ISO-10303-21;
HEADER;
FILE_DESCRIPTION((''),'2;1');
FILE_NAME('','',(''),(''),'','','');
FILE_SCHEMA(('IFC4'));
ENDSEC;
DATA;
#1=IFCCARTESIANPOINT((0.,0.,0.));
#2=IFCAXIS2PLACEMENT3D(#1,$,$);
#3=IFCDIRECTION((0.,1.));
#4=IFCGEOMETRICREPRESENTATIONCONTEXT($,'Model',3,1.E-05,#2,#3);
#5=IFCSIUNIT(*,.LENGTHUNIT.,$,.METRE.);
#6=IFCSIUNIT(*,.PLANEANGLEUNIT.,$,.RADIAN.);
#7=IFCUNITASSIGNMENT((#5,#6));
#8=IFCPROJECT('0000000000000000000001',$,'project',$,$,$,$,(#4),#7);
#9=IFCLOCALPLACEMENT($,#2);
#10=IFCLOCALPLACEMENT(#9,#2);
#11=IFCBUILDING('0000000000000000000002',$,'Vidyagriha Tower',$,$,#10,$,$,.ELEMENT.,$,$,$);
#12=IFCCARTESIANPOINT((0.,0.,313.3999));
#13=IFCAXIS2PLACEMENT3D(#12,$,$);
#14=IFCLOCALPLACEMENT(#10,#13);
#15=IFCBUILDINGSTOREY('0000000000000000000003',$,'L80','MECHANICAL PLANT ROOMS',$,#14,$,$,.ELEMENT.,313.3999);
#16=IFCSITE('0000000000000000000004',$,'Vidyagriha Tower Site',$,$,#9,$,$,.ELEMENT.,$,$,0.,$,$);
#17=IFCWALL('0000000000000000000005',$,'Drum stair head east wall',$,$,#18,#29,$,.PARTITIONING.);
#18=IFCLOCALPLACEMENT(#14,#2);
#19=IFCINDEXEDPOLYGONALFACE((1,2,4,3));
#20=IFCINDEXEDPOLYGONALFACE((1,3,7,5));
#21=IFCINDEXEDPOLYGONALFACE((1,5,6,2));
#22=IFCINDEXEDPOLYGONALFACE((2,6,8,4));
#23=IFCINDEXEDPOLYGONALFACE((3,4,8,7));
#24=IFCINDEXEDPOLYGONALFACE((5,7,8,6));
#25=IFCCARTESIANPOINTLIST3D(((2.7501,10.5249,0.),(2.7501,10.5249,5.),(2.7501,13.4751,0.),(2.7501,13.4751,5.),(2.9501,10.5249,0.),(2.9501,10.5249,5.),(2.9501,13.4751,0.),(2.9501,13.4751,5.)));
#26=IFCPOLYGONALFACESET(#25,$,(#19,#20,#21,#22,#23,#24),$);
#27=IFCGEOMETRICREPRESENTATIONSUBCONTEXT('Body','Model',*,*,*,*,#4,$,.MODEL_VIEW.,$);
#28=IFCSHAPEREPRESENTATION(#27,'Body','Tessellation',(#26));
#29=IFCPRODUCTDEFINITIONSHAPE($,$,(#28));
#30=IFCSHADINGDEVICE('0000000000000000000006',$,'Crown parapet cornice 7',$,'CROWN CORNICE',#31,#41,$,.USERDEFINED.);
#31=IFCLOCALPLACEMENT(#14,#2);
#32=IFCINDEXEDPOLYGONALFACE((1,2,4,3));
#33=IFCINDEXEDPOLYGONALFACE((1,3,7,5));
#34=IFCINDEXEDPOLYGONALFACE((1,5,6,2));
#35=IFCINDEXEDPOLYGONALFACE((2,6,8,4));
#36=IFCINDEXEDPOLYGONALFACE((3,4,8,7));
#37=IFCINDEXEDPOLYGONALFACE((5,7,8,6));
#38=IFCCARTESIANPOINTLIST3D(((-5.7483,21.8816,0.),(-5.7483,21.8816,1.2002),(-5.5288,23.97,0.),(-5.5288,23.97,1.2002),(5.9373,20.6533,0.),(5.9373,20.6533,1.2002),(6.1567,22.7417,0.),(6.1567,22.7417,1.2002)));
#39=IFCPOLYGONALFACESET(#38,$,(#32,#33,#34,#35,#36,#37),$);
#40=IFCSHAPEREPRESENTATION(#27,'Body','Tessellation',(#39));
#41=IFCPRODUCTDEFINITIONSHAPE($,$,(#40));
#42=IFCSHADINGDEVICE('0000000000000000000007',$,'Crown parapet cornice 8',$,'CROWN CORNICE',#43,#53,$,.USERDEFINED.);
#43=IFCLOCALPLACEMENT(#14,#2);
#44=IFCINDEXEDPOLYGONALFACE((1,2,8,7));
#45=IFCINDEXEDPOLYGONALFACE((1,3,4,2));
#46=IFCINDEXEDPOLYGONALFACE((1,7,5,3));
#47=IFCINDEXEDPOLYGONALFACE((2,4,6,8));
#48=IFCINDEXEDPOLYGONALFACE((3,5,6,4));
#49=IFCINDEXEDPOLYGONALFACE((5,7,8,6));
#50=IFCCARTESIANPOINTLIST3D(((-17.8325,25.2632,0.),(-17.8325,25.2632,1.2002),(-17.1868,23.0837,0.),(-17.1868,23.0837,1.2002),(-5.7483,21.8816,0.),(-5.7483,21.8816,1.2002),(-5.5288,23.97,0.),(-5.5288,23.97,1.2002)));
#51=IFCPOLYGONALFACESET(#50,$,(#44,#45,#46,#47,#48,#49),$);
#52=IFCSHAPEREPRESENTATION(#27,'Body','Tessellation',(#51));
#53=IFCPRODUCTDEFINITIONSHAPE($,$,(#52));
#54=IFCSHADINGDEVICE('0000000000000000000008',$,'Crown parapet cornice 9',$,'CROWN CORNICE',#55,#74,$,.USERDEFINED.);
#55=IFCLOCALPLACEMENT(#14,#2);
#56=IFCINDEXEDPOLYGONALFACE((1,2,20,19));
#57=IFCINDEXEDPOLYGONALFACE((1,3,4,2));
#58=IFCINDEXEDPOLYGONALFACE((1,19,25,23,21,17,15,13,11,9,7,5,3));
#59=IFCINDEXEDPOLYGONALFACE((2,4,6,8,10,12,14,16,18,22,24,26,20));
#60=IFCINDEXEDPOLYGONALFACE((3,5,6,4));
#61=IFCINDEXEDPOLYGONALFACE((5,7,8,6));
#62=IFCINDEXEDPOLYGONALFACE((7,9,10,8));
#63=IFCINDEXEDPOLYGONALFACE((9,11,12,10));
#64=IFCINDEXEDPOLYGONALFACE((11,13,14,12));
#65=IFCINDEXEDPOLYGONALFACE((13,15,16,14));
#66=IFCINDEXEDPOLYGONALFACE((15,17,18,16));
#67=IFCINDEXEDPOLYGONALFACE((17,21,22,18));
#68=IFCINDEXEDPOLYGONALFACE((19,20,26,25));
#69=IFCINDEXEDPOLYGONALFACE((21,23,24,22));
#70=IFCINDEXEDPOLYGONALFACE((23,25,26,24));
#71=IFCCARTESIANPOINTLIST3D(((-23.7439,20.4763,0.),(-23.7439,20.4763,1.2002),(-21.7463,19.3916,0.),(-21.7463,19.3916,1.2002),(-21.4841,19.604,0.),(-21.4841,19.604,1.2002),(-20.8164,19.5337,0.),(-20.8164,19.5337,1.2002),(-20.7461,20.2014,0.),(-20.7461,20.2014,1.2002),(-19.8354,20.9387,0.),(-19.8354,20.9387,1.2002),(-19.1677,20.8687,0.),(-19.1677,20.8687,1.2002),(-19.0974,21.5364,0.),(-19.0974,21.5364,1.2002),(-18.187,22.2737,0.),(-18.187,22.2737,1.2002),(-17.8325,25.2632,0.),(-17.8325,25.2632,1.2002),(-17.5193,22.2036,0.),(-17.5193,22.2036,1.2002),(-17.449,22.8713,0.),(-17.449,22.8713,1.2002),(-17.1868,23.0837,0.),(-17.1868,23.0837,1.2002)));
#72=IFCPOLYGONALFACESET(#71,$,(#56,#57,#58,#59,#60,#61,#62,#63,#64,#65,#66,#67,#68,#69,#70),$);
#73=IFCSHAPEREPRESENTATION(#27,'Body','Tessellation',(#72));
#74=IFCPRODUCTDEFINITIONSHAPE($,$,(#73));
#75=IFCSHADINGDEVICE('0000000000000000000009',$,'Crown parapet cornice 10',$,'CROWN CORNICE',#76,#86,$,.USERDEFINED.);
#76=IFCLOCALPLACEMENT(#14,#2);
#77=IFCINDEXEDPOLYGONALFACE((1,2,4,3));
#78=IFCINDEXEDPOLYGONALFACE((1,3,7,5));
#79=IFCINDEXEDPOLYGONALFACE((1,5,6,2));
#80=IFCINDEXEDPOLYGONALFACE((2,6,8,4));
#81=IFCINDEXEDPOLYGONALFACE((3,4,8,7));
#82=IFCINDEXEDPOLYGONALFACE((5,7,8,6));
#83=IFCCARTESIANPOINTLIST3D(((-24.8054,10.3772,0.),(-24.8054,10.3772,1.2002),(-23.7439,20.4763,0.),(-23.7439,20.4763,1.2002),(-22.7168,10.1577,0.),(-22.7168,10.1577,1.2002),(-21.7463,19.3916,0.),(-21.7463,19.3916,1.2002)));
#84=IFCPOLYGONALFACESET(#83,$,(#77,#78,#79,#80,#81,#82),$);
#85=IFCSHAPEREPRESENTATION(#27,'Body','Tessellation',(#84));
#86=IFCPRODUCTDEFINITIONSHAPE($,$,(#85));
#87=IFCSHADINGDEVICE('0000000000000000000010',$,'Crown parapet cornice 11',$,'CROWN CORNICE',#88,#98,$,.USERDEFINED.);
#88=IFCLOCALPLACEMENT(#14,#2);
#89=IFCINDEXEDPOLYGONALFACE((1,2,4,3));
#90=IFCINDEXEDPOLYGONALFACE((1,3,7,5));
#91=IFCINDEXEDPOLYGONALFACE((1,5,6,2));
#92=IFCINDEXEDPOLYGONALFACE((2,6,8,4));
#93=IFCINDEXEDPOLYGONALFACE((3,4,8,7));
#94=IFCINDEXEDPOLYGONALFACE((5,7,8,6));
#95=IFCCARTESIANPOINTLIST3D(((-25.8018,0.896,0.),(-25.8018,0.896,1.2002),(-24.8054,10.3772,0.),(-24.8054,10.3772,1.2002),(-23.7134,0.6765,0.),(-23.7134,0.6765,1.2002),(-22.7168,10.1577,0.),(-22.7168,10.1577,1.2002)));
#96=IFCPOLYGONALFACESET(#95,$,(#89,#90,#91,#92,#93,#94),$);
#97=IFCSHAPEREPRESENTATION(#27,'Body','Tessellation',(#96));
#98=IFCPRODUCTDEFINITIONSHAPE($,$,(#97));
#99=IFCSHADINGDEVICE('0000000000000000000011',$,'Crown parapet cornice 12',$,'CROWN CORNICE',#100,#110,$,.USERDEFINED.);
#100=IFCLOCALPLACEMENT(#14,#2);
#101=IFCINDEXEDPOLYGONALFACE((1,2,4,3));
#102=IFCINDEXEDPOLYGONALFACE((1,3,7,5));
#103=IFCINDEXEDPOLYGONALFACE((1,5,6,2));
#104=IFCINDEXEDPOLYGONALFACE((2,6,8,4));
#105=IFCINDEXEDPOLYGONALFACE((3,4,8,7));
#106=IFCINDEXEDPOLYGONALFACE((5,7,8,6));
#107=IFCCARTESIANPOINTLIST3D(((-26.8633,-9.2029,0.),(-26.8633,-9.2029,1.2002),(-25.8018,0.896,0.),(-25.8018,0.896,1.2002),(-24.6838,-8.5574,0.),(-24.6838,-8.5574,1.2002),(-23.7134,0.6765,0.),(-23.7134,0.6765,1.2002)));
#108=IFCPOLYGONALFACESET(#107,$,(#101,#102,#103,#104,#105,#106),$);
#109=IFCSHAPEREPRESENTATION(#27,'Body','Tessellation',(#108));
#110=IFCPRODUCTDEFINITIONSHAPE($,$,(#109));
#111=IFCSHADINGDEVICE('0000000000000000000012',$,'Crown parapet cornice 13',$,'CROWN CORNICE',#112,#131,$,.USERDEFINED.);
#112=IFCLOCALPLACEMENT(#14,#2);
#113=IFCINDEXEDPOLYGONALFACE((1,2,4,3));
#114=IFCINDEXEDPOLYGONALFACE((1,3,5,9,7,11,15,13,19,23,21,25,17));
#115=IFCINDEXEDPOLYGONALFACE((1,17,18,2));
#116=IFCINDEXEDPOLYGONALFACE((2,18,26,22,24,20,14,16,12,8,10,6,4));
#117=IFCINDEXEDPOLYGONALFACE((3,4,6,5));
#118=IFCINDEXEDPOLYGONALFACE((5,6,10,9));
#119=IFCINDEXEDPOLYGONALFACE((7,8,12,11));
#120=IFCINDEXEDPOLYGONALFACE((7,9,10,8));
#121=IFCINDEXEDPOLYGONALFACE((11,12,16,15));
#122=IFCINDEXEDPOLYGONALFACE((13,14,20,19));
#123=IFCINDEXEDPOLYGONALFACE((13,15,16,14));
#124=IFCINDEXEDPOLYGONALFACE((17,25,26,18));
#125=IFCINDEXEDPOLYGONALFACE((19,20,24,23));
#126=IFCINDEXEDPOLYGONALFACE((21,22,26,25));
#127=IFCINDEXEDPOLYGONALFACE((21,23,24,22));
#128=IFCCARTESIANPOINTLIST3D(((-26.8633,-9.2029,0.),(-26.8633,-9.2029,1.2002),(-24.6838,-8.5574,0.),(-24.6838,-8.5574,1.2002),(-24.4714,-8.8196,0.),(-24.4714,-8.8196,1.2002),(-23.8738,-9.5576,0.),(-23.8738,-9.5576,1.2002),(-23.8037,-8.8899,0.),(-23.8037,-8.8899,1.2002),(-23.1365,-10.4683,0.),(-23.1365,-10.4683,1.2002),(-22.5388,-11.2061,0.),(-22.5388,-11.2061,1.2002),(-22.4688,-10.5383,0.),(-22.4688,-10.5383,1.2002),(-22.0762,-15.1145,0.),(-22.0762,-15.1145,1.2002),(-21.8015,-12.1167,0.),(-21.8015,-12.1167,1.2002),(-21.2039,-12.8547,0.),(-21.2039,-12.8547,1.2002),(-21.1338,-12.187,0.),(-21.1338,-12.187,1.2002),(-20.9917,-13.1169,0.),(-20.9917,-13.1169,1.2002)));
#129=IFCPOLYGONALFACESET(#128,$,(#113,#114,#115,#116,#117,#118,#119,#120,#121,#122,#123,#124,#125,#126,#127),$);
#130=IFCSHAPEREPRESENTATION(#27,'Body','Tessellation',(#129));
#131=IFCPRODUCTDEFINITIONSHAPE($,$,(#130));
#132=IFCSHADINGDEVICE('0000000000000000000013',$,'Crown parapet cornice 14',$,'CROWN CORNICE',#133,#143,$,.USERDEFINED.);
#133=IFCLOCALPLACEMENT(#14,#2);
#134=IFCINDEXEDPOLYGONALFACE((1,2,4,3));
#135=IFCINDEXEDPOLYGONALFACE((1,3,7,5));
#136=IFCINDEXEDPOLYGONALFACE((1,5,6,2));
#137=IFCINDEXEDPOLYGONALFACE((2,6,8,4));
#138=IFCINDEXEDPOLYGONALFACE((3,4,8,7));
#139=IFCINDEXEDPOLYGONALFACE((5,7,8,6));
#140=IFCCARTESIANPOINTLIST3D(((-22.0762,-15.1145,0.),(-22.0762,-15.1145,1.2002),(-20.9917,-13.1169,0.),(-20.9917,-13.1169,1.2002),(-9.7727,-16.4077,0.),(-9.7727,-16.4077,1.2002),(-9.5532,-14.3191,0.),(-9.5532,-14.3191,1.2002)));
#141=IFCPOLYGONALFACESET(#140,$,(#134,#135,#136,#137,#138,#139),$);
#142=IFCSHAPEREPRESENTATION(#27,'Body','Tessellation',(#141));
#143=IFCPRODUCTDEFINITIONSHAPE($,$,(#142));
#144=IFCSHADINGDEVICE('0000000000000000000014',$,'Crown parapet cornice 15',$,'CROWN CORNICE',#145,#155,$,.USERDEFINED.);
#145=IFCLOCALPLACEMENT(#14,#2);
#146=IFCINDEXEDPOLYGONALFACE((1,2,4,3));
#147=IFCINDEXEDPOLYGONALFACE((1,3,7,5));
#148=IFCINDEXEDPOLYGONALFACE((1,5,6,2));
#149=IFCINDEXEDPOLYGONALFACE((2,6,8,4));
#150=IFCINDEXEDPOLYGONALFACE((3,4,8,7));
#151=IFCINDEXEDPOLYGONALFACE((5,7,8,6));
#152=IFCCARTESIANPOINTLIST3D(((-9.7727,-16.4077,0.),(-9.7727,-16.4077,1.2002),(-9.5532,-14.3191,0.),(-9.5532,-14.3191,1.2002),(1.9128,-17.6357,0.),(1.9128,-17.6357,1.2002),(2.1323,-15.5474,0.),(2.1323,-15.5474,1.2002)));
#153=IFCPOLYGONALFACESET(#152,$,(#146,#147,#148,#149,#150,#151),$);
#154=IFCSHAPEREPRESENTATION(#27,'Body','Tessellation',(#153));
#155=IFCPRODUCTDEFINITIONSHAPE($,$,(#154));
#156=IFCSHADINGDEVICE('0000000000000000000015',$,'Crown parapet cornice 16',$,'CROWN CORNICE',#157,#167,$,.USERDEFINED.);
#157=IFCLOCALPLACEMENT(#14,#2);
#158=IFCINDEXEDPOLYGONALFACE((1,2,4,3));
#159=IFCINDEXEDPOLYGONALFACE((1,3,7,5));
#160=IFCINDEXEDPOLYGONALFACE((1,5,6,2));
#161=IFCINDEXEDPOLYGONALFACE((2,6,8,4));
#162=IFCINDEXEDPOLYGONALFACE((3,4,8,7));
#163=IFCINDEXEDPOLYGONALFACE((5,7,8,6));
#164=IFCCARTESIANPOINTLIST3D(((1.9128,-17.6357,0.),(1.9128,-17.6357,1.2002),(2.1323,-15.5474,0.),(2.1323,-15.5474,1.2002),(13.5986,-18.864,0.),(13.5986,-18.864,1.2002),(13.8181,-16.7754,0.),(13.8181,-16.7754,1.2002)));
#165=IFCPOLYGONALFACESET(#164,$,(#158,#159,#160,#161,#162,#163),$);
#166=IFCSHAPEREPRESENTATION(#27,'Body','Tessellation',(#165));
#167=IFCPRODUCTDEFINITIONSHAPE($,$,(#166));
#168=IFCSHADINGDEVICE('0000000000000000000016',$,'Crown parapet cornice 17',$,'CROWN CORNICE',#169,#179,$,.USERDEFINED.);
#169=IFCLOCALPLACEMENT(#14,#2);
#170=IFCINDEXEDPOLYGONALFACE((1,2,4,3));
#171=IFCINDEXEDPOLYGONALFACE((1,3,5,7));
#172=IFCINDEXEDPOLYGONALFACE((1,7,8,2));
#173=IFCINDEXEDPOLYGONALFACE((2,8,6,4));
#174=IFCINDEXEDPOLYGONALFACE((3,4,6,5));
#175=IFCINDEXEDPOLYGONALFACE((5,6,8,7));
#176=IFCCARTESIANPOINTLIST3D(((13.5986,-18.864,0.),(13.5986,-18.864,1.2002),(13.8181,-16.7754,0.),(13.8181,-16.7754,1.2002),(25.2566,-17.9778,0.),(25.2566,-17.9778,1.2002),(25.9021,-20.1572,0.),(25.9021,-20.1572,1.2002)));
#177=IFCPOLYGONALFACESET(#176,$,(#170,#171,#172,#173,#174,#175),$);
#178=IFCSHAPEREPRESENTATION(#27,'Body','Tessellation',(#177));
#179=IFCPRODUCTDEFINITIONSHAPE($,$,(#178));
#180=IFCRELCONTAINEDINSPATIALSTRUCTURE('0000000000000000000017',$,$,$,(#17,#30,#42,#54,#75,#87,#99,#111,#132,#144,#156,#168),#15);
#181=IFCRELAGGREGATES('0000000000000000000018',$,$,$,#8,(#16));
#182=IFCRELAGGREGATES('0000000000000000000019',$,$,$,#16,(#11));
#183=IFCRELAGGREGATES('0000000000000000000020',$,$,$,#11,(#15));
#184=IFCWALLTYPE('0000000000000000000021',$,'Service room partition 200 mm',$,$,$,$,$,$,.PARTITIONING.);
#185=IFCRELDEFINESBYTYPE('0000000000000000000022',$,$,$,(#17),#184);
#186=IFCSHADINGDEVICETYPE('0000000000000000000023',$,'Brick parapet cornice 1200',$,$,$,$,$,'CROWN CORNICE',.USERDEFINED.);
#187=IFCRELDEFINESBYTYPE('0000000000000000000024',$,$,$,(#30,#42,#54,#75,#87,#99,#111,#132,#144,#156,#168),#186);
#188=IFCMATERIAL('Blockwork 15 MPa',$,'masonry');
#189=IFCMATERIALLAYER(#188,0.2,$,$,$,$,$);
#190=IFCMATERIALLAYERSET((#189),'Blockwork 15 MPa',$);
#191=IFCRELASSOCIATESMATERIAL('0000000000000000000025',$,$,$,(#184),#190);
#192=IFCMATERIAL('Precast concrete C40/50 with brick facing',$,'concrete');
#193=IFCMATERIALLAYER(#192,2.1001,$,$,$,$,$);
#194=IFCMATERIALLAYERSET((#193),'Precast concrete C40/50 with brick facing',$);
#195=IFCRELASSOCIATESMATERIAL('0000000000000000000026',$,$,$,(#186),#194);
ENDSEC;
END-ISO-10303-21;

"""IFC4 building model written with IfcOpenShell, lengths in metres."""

from ifc_helpers import new_model, si_unit, direction, frame, frame_2d, origin, place, context, subcontext, project, spatial, polyline, rectangle, outline, extrude, material, layer, layer_set, type_object, element, save


model = new_model("IFC4")

# Units and contexts
model_context = context("Model", 3, precision=1e-05, world=origin(), true_north=direction((0.0, 1.0)))
body_context = subcontext(model_context, "Body", "Model", "MODEL_VIEW")
ifc_project = project(units=[si_unit("LENGTHUNIT", "METRE"), si_unit("PLANEANGLEUNIT", "RADIAN")], contexts=[model_context])

# Site, building, storey
site_placement = place(None, origin())
site = spatial("IfcSite", under=ifc_project, at=site_placement, Name="Vidyagriha Tower Site", CompositionType="ELEMENT", RefElevation=0.0)
building_placement = place(site_placement, origin())
building = spatial("IfcBuilding", under=site, at=building_placement, Name="Vidyagriha Tower", CompositionType="ELEMENT")
storey_placement = place(building_placement, frame((0.0, 0.0, 313.3999)))
storey = spatial("IfcBuildingStorey", under=building, at=storey_placement, Name="L80", Description="MECHANICAL PLANT ROOMS", CompositionType="ELEMENT", Elevation=313.3999)

# Shared definitions
ifc_material_1 = material(Name="Blockwork 15 MPa", Category="masonry")
ifc_layer_1 = layer(ifc_material_1, 0.2)
ifc_layer_set_1 = layer_set([ifc_layer_1], Name="Blockwork 15 MPa")
wall_type_1 = type_object("IfcWallType", Name="Service room partition 200 mm", PredefinedType="PARTITIONING", material=ifc_layer_set_1)

# Wall
wall_1_placement = place(storey_placement, frame((2.8501, 10.5249, 0.0), z_axis=(0.0, 0.0, 1.0), x_axis=(0.0, 1.0, 0.0)))
element("IfcWall", 1, at=wall_1_placement, inside=storey, type_object=wall_type_1, Name="Drum stair head east wall", PredefinedType="PARTITIONING", context=body_context, shape_type="SweptSolid", body=[
    extrude(rectangle(XDim=2.9502, YDim=0.2, at=frame_2d((1.4751, 0.0))), origin(), (0.0, 0.0, 1.0), 5.0),
])

# Shading devices
ifc_material_2 = material(Name="Precast concrete C40/50 with brick facing", Category="concrete")
ifc_layer_2 = layer(ifc_material_2, 2.1001)
ifc_layer_set_2 = layer_set([ifc_layer_2], Name="Precast concrete C40/50 with brick facing")
shading_device_type = type_object("IfcShadingDeviceType", Name="Brick parapet cornice 1200", ElementType="CROWN CORNICE", PredefinedType="USERDEFINED", material=ifc_layer_set_2)
shading_device_1_placement = place(storey_placement, origin())
element("IfcShadingDevice", 2, at=shading_device_1_placement, inside=storey, type_object=shading_device_type, Name="Crown parapet cornice 7", ObjectType="CROWN CORNICE", PredefinedType="USERDEFINED", context=body_context, shape_type="SweptSolid", body=[
    extrude(outline(polyline([(6.1567, 22.7417), (-5.5288, 23.97), (-5.7483, 21.8816), (5.9373, 20.6533), (6.1567, 22.7417)])), origin(), (0.0, 0.0, 1.0), 1.2002),
])
shading_device_2_placement = place(storey_placement, origin())
element("IfcShadingDevice", 3, at=shading_device_2_placement, inside=storey, type_object=shading_device_type, Name="Crown parapet cornice 8", ObjectType="CROWN CORNICE", PredefinedType="USERDEFINED", context=body_context, shape_type="SweptSolid", body=[
    extrude(outline(polyline([(-5.5288, 23.97), (-17.8325, 25.2632), (-17.1868, 23.0837), (-17.1868, 23.0837), (-5.7483, 21.8816), (-5.5288, 23.97)])), origin(), (0.0, 0.0, 1.0), 1.2002),
])
shading_device_3_placement = place(storey_placement, origin())
element("IfcShadingDevice", 4, at=shading_device_3_placement, inside=storey, type_object=shading_device_type, Name="Crown parapet cornice 9", ObjectType="CROWN CORNICE", PredefinedType="USERDEFINED", context=body_context, shape_type="SweptSolid", body=[
    extrude(outline(polyline([(-23.7439, 20.4763), (-23.7439, 20.4763), (-21.7463, 19.3916), (-21.4841, 19.604), (-20.8164, 19.5337), (-20.7461, 20.2014), (-19.8354, 20.9387), (-19.1677, 20.8687), (-19.0974, 21.5364), (-18.187, 22.2737), (-17.5193, 22.2036), (-17.449, 22.8713), (-17.1868, 23.0837), (-17.8325, 25.2632), (-17.8325, 25.2632), (-23.7439, 20.4763)])), origin(), (0.0, 0.0, 1.0), 1.2002),
])
shading_device_4_placement = place(storey_placement, origin())
element("IfcShadingDevice", 5, at=shading_device_4_placement, inside=storey, type_object=shading_device_type, Name="Crown parapet cornice 10", ObjectType="CROWN CORNICE", PredefinedType="USERDEFINED", context=body_context, shape_type="SweptSolid", body=[
    extrude(outline(polyline([(-23.7439, 20.4763), (-24.8054, 10.3772), (-22.7168, 10.1577), (-21.7463, 19.3916), (-23.7439, 20.4763)])), origin(), (0.0, 0.0, 1.0), 1.2002),
])
shading_device_5_placement = place(storey_placement, origin())
element("IfcShadingDevice", 6, at=shading_device_5_placement, inside=storey, type_object=shading_device_type, Name="Crown parapet cornice 11", ObjectType="CROWN CORNICE", PredefinedType="USERDEFINED", context=body_context, shape_type="SweptSolid", body=[
    extrude(outline(polyline([(-24.8054, 10.3772), (-25.8018, 0.896), (-23.7134, 0.6765), (-22.7168, 10.1577), (-24.8054, 10.3772)])), origin(), (0.0, 0.0, 1.0), 1.2002),
])
shading_device_6_placement = place(storey_placement, origin())
element("IfcShadingDevice", 7, at=shading_device_6_placement, inside=storey, type_object=shading_device_type, Name="Crown parapet cornice 12", ObjectType="CROWN CORNICE", PredefinedType="USERDEFINED", context=body_context, shape_type="SweptSolid", body=[
    extrude(outline(polyline([(-25.8018, 0.896), (-26.8633, -9.2029), (-24.6838, -8.5574), (-24.6838, -8.5574), (-23.7134, 0.6765), (-25.8018, 0.896)])), origin(), (0.0, 0.0, 1.0), 1.2002),
])
shading_device_7_placement = place(storey_placement, origin())
element("IfcShadingDevice", 8, at=shading_device_7_placement, inside=storey, type_object=shading_device_type, Name="Crown parapet cornice 13", ObjectType="CROWN CORNICE", PredefinedType="USERDEFINED", context=body_context, shape_type="SweptSolid", body=[
    extrude(outline(polyline([(-22.0762, -15.1145), (-22.0762, -15.1145), (-20.9917, -13.1169), (-21.2039, -12.8547), (-21.1338, -12.187), (-21.8015, -12.1167), (-22.5388, -11.2061), (-22.4688, -10.5383), (-23.1365, -10.4683), (-23.8738, -9.5576), (-23.8037, -8.8899), (-24.4714, -8.8196), (-24.6838, -8.5574), (-26.8633, -9.2029), (-26.8633, -9.2029), (-22.0762, -15.1145)])), origin(), (0.0, 0.0, 1.0), 1.2002),
])
shading_device_8_placement = place(storey_placement, origin())
element("IfcShadingDevice", 9, at=shading_device_8_placement, inside=storey, type_object=shading_device_type, Name="Crown parapet cornice 14", ObjectType="CROWN CORNICE", PredefinedType="USERDEFINED", context=body_context, shape_type="SweptSolid", body=[
    extrude(outline(polyline([(-22.0762, -15.1145), (-9.7727, -16.4077), (-9.5532, -14.3191), (-20.9917, -13.1169), (-22.0762, -15.1145)])), origin(), (0.0, 0.0, 1.0), 1.2002),
])
shading_device_9_placement = place(storey_placement, origin())
element("IfcShadingDevice", 10, at=shading_device_9_placement, inside=storey, type_object=shading_device_type, Name="Crown parapet cornice 15", ObjectType="CROWN CORNICE", PredefinedType="USERDEFINED", context=body_context, shape_type="SweptSolid", body=[
    extrude(outline(polyline([(-9.7727, -16.4077), (1.9128, -17.6357), (2.1323, -15.5474), (-9.5532, -14.3191), (-9.7727, -16.4077)])), origin(), (0.0, 0.0, 1.0), 1.2002),
])
shading_device_10_placement = place(storey_placement, origin())
element("IfcShadingDevice", 11, at=shading_device_10_placement, inside=storey, type_object=shading_device_type, Name="Crown parapet cornice 16", ObjectType="CROWN CORNICE", PredefinedType="USERDEFINED", context=body_context, shape_type="SweptSolid", body=[
    extrude(outline(polyline([(1.9128, -17.6357), (13.5986, -18.864), (13.8181, -16.7754), (2.1323, -15.5474), (1.9128, -17.6357)])), origin(), (0.0, 0.0, 1.0), 1.2002),
])
shading_device_11_placement = place(storey_placement, origin())
element("IfcShadingDevice", 12, at=shading_device_11_placement, inside=storey, type_object=shading_device_type, Name="Crown parapet cornice 17", ObjectType="CROWN CORNICE", PredefinedType="USERDEFINED", context=body_context, shape_type="SweptSolid", body=[
    extrude(outline(polyline([(13.5986, -18.864), (25.9021, -20.1572), (25.2566, -17.9778), (25.2566, -17.9778), (13.8181, -16.7754), (13.5986, -18.864)])), origin(), (0.0, 0.0, 1.0), 1.2002),
])

save(model, "model.ifc")
